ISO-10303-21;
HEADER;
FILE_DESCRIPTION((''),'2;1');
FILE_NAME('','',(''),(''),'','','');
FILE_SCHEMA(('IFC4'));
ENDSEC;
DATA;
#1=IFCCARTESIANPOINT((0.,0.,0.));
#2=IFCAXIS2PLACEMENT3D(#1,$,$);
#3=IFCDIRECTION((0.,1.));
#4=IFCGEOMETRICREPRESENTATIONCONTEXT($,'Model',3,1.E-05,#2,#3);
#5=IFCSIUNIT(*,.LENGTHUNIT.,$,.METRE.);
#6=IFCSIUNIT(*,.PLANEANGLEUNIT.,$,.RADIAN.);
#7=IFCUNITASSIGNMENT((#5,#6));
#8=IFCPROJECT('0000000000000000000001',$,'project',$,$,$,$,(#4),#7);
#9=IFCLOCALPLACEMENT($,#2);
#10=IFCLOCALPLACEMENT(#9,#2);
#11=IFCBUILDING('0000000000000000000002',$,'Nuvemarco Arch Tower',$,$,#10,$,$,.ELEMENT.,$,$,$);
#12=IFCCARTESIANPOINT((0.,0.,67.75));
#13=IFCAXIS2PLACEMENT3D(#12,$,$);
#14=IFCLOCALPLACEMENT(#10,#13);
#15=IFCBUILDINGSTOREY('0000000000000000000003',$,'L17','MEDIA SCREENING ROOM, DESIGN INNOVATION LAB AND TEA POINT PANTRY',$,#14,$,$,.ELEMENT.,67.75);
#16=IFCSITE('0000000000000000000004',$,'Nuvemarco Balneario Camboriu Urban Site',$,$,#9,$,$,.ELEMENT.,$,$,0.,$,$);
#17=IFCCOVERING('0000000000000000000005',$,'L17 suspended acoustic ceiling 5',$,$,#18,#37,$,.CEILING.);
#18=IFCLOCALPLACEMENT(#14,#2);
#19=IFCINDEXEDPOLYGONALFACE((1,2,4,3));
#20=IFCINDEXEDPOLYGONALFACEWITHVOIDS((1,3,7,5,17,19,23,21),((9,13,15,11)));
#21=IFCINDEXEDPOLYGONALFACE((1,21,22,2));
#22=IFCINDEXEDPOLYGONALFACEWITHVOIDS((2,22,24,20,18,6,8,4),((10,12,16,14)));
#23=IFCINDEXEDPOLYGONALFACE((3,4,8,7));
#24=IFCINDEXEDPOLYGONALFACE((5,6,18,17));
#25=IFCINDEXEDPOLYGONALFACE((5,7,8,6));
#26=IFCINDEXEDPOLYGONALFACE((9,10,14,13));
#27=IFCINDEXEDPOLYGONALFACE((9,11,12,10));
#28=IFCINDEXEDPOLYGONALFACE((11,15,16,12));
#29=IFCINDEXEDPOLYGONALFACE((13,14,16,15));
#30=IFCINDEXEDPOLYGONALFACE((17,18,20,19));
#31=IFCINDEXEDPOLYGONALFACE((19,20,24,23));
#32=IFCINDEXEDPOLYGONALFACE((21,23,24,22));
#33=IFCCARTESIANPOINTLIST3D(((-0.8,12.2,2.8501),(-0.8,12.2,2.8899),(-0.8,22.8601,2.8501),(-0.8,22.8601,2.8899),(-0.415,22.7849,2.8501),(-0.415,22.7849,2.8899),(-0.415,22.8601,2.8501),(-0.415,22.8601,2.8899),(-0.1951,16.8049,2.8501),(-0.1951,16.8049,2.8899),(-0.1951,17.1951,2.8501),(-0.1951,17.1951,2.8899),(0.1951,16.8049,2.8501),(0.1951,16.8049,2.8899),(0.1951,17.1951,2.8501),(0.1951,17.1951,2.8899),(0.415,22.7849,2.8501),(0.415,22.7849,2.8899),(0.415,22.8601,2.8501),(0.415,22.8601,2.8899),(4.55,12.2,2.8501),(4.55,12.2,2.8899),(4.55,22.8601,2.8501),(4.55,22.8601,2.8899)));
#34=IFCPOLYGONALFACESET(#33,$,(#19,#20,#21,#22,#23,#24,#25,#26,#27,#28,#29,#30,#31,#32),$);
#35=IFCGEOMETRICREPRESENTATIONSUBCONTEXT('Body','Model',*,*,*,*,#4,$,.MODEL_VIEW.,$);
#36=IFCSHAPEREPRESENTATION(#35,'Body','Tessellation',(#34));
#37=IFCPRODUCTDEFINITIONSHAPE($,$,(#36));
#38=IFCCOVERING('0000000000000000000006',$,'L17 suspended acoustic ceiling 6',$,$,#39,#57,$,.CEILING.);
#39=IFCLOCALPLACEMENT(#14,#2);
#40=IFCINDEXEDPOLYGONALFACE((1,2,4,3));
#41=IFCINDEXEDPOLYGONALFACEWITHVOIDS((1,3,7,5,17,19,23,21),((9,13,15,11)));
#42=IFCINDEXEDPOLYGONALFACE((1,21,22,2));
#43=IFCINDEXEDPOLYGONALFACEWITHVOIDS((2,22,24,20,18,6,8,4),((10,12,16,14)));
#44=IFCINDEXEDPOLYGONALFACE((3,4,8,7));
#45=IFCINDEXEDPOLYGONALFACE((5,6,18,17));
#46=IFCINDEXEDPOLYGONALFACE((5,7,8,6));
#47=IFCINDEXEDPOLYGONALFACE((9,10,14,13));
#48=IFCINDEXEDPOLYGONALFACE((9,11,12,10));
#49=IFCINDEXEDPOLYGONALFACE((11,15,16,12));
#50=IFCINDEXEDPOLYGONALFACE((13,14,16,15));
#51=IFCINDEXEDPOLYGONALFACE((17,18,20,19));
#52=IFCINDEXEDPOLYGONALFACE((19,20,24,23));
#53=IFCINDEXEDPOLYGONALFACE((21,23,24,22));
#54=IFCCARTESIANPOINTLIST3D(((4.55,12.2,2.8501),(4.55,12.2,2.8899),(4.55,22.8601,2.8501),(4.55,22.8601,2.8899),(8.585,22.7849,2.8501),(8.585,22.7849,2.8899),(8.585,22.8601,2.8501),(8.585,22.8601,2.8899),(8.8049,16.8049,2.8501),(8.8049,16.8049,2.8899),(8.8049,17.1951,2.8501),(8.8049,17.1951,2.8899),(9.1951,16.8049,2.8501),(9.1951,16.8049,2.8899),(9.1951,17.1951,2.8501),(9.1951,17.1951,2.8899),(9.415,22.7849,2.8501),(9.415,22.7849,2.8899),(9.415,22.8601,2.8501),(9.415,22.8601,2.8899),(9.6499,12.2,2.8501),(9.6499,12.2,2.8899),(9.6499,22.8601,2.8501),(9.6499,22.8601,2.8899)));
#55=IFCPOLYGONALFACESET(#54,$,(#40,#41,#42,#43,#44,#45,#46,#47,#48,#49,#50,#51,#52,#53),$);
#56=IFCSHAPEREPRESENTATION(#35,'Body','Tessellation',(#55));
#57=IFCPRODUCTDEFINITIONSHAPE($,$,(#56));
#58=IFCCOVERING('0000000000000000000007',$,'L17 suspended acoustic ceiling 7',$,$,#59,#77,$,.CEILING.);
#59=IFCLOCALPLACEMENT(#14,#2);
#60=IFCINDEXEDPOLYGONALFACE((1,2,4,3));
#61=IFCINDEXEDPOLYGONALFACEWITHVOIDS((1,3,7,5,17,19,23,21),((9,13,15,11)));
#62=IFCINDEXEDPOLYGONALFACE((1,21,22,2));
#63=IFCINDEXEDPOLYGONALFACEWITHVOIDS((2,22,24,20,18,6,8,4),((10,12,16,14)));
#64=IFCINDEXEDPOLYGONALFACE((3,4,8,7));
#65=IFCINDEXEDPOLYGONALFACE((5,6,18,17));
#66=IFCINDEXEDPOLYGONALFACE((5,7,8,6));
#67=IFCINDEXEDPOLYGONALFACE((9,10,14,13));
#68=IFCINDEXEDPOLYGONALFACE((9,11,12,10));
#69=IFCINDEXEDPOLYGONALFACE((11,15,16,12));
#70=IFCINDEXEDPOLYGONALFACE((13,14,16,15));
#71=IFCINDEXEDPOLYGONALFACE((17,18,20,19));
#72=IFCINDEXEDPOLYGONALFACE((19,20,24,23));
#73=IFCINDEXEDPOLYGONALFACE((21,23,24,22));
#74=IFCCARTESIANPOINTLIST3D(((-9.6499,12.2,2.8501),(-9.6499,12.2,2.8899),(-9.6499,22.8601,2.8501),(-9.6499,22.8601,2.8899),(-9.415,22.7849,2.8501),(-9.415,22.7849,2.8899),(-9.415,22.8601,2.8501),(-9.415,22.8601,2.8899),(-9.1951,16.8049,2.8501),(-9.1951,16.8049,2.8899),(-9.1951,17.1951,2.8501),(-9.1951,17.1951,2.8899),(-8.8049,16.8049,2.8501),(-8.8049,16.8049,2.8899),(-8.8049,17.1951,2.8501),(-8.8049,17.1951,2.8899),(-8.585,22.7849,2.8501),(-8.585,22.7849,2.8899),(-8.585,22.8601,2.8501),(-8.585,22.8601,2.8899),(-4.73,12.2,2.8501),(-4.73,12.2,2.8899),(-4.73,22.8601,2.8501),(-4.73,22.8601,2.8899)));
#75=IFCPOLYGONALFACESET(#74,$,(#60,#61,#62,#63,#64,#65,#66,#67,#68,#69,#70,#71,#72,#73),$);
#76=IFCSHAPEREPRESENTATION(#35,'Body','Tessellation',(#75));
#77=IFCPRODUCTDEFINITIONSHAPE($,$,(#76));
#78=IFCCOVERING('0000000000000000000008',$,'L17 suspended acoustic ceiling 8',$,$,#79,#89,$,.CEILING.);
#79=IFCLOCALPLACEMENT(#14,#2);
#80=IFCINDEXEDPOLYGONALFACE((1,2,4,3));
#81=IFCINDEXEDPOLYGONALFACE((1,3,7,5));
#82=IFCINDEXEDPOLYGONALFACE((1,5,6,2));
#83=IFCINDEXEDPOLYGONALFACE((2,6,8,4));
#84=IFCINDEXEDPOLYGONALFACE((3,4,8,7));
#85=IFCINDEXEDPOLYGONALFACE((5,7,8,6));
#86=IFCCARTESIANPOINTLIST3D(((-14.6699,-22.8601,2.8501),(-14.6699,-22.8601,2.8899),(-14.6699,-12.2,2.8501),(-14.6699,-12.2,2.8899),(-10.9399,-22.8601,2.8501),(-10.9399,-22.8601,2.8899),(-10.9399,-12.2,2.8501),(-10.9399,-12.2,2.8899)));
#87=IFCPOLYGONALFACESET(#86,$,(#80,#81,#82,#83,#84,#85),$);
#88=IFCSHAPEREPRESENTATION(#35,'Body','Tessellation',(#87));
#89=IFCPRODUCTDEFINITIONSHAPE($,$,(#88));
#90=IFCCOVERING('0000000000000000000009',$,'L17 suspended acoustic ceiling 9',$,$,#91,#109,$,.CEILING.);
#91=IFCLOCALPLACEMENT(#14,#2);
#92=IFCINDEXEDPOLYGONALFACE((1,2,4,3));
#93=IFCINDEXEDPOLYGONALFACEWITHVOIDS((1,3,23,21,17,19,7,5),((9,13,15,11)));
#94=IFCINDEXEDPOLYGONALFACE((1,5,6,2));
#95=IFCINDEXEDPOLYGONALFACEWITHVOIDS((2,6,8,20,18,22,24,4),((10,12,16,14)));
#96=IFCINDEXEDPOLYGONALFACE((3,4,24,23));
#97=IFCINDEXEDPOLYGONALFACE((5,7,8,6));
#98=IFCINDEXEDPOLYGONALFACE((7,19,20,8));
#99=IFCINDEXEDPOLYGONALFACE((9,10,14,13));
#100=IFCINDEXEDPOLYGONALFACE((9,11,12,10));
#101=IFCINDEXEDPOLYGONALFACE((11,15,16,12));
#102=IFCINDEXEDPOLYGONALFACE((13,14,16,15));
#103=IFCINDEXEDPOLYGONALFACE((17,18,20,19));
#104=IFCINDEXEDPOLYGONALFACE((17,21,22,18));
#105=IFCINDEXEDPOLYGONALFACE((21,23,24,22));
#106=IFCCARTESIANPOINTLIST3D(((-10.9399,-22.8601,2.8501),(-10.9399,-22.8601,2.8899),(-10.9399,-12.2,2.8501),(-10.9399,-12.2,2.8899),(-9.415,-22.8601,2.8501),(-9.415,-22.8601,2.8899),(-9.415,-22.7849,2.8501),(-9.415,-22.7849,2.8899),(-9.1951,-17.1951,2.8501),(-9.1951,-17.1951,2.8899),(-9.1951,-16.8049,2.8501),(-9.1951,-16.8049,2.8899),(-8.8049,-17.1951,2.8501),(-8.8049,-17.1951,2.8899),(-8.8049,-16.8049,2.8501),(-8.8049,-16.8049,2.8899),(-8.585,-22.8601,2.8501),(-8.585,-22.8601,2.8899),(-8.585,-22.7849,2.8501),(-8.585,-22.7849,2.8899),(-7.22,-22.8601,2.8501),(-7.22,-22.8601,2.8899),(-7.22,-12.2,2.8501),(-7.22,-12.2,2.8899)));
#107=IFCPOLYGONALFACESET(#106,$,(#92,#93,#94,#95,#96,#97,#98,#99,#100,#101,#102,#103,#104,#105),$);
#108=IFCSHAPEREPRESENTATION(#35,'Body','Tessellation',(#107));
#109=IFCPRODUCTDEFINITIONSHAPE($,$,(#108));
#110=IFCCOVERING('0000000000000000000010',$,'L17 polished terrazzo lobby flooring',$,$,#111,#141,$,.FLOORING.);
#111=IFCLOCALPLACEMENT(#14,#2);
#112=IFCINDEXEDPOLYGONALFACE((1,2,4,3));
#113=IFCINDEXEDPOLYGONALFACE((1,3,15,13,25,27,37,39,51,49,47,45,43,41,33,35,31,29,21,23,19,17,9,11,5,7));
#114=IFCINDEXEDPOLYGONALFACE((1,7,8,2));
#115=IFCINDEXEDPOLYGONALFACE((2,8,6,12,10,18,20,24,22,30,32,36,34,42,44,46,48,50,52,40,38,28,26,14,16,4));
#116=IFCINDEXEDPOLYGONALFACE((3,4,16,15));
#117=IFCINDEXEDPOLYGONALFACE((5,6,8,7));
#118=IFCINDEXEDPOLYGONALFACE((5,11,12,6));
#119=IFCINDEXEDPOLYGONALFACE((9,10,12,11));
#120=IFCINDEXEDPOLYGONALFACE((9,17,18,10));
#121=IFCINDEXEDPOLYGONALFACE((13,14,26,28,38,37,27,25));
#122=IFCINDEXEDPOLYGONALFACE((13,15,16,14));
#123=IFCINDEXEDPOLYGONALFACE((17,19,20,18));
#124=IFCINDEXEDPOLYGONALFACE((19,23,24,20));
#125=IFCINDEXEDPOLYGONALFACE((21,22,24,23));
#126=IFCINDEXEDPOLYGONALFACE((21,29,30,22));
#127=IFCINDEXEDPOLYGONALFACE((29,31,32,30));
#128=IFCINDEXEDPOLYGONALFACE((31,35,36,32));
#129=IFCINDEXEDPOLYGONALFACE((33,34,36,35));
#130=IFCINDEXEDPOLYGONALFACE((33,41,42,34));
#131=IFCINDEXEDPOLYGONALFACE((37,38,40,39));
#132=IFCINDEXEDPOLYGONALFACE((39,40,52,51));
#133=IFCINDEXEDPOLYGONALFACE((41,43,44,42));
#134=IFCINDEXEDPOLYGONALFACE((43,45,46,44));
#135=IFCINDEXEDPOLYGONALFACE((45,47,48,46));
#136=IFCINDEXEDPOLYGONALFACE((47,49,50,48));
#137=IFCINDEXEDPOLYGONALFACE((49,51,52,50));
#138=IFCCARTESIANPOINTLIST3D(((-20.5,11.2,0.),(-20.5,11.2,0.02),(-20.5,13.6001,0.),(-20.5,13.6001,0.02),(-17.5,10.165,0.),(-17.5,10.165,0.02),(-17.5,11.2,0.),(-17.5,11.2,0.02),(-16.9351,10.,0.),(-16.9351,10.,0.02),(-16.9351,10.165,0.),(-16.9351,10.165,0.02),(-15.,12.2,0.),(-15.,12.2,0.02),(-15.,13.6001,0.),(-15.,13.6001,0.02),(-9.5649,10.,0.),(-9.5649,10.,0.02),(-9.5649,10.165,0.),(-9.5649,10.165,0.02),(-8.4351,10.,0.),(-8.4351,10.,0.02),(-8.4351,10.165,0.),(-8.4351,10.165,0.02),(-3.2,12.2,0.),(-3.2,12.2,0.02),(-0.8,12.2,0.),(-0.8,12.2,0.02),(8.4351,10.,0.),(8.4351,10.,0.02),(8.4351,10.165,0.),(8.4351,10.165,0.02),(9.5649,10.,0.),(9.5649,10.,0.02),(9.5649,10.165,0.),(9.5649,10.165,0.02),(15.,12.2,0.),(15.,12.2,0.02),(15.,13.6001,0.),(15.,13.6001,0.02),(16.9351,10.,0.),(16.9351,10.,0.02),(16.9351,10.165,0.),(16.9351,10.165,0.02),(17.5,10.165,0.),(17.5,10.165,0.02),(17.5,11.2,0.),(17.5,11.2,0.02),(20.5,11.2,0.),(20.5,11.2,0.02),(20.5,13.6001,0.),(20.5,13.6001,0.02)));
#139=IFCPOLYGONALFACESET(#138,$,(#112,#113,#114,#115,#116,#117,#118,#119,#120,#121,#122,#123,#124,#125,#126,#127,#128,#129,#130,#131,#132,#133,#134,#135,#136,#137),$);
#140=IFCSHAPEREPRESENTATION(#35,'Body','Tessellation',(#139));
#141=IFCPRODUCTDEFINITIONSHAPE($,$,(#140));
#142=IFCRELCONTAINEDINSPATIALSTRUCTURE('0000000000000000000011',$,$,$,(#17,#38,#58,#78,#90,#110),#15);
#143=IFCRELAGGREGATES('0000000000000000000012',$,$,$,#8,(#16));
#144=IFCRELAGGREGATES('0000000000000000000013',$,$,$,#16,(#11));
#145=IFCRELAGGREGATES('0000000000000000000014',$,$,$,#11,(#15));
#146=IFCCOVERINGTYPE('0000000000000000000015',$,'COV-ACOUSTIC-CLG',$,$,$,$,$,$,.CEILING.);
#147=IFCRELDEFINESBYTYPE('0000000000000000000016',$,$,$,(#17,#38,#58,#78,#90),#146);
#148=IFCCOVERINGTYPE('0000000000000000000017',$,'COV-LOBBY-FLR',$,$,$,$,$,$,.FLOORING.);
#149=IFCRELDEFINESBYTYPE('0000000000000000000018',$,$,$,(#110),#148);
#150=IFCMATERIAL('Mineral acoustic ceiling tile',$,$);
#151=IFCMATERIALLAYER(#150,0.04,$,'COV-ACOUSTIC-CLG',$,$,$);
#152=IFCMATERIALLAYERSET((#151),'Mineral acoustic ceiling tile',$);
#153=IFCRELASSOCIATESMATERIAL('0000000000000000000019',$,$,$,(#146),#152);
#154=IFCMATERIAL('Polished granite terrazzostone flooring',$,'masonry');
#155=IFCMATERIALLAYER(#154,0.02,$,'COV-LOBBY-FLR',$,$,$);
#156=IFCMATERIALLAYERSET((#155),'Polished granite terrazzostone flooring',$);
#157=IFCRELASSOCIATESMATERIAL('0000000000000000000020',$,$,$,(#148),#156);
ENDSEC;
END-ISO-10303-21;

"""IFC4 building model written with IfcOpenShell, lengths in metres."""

from ifc_helpers import new_model, si_unit, direction, frame, origin, place, context, subcontext, project, spatial, polyline, outline, extrude, material, layer, layer_set, type_object, element, save


model = new_model("IFC4")

# Units and contexts
model_context = context("Model", 3, precision=1e-05, world=origin(), true_north=direction((0.0, 1.0)))
body_context = subcontext(model_context, "Body", "Model", "MODEL_VIEW")
ifc_project = project(units=[si_unit("LENGTHUNIT", "METRE"), si_unit("PLANEANGLEUNIT", "RADIAN")], contexts=[model_context])

# Site, building, storey
site_placement = place(None, origin())
site = spatial("IfcSite", under=ifc_project, at=site_placement, Name="Nuvemarco Balneario Camboriu Urban Site", CompositionType="ELEMENT", RefElevation=0.0)
building_placement = place(site_placement, origin())
building = spatial("IfcBuilding", under=site, at=building_placement, Name="Nuvemarco Arch Tower", CompositionType="ELEMENT")
storey_placement = place(building_placement, frame((0.0, 0.0, 67.75)))
storey = spatial("IfcBuildingStorey", under=building, at=storey_placement, Name="L17", Description="MEDIA SCREENING ROOM, DESIGN INNOVATION LAB AND TEA POINT PANTRY", CompositionType="ELEMENT", Elevation=67.75)

# Coverings
ifc_material_1 = material(Name="Mineral acoustic ceiling tile")
ifc_layer_1 = layer(ifc_material_1, 0.04, Name="COV-ACOUSTIC-CLG")
ifc_layer_set_1 = layer_set([ifc_layer_1], Name="Mineral acoustic ceiling tile")
covering_type_1 = type_object("IfcCoveringType", Name="COV-ACOUSTIC-CLG", PredefinedType="CEILING", material=ifc_layer_set_1)
covering_1_placement = place(storey_placement, frame((0.0, 0.0, 2.8501)))
element("IfcCovering", 1, at=covering_1_placement, inside=storey, type_object=covering_type_1, Name="L17 suspended acoustic ceiling 5", PredefinedType="CEILING", context=body_context, shape_type="SweptSolid", body=[
    extrude(outline(polyline([(4.55, 12.2), (-0.8, 12.2), (-0.8, 22.8601), (-0.415, 22.8601), (-0.415, 22.7849), (0.415, 22.7849), (0.415, 22.8601), (4.55, 22.8601), (4.55, 12.2)]), holes=[polyline([(0.1951, 16.8049), (0.1951, 17.1951), (-0.1951, 17.1951), (-0.1951, 16.8049), (0.1951, 16.8049)])]), origin(), (0.0, 0.0, 1.0), 0.0398),
])
covering_2_placement = place(storey_placement, frame((0.0, 0.0, 2.8501)))
element("IfcCovering", 2, at=covering_2_placement, inside=storey, type_object=covering_type_1, Name="L17 suspended acoustic ceiling 6", PredefinedType="CEILING", context=body_context, shape_type="SweptSolid", body=[
    extrude(outline(polyline([(9.6499, 12.2), (4.55, 12.2), (4.55, 22.8601), (8.585, 22.8601), (8.585, 22.7849), (9.415, 22.7849), (9.415, 22.8601), (9.6499, 22.8601), (9.6499, 12.2)]), holes=[polyline([(9.1951, 17.1951), (8.8049, 17.1951), (8.8049, 16.8049), (9.1951, 16.8049), (9.1951, 17.1951)])]), origin(), (0.0, 0.0, 1.0), 0.0398),
])
covering_3_placement = place(storey_placement, frame((0.0, 0.0, 2.8501)))
element("IfcCovering", 3, at=covering_3_placement, inside=storey, type_object=covering_type_1, Name="L17 suspended acoustic ceiling 7", PredefinedType="CEILING", context=body_context, shape_type="SweptSolid", body=[
    extrude(outline(polyline([(-4.73, 12.2), (-9.6499, 12.2), (-9.6499, 22.8601), (-9.415, 22.8601), (-9.415, 22.7849), (-8.585, 22.7849), (-8.585, 22.8601), (-4.73, 22.8601), (-4.73, 12.2)]), holes=[polyline([(-8.8049, 16.8049), (-8.8049, 17.1951), (-9.1951, 17.1951), (-9.1951, 16.8049), (-8.8049, 16.8049)])]), origin(), (0.0, 0.0, 1.0), 0.0398),
])
covering_4_placement = place(storey_placement, frame((0.0, 0.0, 2.8501)))
element("IfcCovering", 4, at=covering_4_placement, inside=storey, type_object=covering_type_1, Name="L17 suspended acoustic ceiling 8", PredefinedType="CEILING", context=body_context, shape_type="SweptSolid", body=[
    extrude(outline(polyline([(-14.6699, -22.8601), (-14.6699, -12.2), (-10.9399, -12.2), (-10.9399, -22.8601), (-14.6699, -22.8601)])), origin(), (0.0, 0.0, 1.0), 0.0398),
])
covering_5_placement = place(storey_placement, frame((0.0, 0.0, 2.8501)))
element("IfcCovering", 5, at=covering_5_placement, inside=storey, type_object=covering_type_1, Name="L17 suspended acoustic ceiling 9", PredefinedType="CEILING", context=body_context, shape_type="SweptSolid", body=[
    extrude(outline(polyline([(-8.585, -22.8601), (-8.585, -22.7849), (-9.415, -22.7849), (-9.415, -22.8601), (-10.9399, -22.8601), (-10.9399, -12.2), (-7.22, -12.2), (-7.22, -22.8601), (-8.585, -22.8601)]), holes=[polyline([(-8.8049, -17.1951), (-8.8049, -16.8049), (-9.1951, -16.8049), (-9.1951, -17.1951), (-8.8049, -17.1951)])]), origin(), (0.0, 0.0, 1.0), 0.0398),
])
ifc_material_2 = material(Name="Polished granite terrazzostone flooring", Category="masonry")
ifc_layer_2 = layer(ifc_material_2, 0.02, Name="COV-LOBBY-FLR")
ifc_layer_set_2 = layer_set([ifc_layer_2], Name="Polished granite terrazzostone flooring")
covering_type_2 = type_object("IfcCoveringType", Name="COV-LOBBY-FLR", PredefinedType="FLOORING", material=ifc_layer_set_2)
covering_6_placement = place(storey_placement, origin())
element("IfcCovering", 6, at=covering_6_placement, inside=storey, type_object=covering_type_2, Name="L17 polished terrazzo lobby flooring", PredefinedType="FLOORING", context=body_context, shape_type="SweptSolid", body=[
    extrude(outline(polyline([(-8.4351, 10.165), (-9.5649, 10.165), (-9.5649, 10.0), (-16.9351, 10.0), (-16.9351, 10.165), (-17.5, 10.165), (-17.5, 11.2), (-20.5, 11.2), (-20.5, 13.6001), (-15.0, 13.6001), (-15.0, 12.2), (-3.2, 12.2), (-0.8, 12.2), (15.0, 12.2), (15.0, 13.6001), (20.5, 13.6001), (20.5, 11.2), (17.5, 11.2), (17.5, 10.165), (16.9351, 10.165), (16.9351, 10.0), (9.5649, 10.0), (9.5649, 10.165), (8.4351, 10.165), (8.4351, 10.0), (-8.4351, 10.0), (-8.4351, 10.165)])), origin(), (0.0, 0.0, 1.0), 0.02),
])

save(model, "model.ifc")
